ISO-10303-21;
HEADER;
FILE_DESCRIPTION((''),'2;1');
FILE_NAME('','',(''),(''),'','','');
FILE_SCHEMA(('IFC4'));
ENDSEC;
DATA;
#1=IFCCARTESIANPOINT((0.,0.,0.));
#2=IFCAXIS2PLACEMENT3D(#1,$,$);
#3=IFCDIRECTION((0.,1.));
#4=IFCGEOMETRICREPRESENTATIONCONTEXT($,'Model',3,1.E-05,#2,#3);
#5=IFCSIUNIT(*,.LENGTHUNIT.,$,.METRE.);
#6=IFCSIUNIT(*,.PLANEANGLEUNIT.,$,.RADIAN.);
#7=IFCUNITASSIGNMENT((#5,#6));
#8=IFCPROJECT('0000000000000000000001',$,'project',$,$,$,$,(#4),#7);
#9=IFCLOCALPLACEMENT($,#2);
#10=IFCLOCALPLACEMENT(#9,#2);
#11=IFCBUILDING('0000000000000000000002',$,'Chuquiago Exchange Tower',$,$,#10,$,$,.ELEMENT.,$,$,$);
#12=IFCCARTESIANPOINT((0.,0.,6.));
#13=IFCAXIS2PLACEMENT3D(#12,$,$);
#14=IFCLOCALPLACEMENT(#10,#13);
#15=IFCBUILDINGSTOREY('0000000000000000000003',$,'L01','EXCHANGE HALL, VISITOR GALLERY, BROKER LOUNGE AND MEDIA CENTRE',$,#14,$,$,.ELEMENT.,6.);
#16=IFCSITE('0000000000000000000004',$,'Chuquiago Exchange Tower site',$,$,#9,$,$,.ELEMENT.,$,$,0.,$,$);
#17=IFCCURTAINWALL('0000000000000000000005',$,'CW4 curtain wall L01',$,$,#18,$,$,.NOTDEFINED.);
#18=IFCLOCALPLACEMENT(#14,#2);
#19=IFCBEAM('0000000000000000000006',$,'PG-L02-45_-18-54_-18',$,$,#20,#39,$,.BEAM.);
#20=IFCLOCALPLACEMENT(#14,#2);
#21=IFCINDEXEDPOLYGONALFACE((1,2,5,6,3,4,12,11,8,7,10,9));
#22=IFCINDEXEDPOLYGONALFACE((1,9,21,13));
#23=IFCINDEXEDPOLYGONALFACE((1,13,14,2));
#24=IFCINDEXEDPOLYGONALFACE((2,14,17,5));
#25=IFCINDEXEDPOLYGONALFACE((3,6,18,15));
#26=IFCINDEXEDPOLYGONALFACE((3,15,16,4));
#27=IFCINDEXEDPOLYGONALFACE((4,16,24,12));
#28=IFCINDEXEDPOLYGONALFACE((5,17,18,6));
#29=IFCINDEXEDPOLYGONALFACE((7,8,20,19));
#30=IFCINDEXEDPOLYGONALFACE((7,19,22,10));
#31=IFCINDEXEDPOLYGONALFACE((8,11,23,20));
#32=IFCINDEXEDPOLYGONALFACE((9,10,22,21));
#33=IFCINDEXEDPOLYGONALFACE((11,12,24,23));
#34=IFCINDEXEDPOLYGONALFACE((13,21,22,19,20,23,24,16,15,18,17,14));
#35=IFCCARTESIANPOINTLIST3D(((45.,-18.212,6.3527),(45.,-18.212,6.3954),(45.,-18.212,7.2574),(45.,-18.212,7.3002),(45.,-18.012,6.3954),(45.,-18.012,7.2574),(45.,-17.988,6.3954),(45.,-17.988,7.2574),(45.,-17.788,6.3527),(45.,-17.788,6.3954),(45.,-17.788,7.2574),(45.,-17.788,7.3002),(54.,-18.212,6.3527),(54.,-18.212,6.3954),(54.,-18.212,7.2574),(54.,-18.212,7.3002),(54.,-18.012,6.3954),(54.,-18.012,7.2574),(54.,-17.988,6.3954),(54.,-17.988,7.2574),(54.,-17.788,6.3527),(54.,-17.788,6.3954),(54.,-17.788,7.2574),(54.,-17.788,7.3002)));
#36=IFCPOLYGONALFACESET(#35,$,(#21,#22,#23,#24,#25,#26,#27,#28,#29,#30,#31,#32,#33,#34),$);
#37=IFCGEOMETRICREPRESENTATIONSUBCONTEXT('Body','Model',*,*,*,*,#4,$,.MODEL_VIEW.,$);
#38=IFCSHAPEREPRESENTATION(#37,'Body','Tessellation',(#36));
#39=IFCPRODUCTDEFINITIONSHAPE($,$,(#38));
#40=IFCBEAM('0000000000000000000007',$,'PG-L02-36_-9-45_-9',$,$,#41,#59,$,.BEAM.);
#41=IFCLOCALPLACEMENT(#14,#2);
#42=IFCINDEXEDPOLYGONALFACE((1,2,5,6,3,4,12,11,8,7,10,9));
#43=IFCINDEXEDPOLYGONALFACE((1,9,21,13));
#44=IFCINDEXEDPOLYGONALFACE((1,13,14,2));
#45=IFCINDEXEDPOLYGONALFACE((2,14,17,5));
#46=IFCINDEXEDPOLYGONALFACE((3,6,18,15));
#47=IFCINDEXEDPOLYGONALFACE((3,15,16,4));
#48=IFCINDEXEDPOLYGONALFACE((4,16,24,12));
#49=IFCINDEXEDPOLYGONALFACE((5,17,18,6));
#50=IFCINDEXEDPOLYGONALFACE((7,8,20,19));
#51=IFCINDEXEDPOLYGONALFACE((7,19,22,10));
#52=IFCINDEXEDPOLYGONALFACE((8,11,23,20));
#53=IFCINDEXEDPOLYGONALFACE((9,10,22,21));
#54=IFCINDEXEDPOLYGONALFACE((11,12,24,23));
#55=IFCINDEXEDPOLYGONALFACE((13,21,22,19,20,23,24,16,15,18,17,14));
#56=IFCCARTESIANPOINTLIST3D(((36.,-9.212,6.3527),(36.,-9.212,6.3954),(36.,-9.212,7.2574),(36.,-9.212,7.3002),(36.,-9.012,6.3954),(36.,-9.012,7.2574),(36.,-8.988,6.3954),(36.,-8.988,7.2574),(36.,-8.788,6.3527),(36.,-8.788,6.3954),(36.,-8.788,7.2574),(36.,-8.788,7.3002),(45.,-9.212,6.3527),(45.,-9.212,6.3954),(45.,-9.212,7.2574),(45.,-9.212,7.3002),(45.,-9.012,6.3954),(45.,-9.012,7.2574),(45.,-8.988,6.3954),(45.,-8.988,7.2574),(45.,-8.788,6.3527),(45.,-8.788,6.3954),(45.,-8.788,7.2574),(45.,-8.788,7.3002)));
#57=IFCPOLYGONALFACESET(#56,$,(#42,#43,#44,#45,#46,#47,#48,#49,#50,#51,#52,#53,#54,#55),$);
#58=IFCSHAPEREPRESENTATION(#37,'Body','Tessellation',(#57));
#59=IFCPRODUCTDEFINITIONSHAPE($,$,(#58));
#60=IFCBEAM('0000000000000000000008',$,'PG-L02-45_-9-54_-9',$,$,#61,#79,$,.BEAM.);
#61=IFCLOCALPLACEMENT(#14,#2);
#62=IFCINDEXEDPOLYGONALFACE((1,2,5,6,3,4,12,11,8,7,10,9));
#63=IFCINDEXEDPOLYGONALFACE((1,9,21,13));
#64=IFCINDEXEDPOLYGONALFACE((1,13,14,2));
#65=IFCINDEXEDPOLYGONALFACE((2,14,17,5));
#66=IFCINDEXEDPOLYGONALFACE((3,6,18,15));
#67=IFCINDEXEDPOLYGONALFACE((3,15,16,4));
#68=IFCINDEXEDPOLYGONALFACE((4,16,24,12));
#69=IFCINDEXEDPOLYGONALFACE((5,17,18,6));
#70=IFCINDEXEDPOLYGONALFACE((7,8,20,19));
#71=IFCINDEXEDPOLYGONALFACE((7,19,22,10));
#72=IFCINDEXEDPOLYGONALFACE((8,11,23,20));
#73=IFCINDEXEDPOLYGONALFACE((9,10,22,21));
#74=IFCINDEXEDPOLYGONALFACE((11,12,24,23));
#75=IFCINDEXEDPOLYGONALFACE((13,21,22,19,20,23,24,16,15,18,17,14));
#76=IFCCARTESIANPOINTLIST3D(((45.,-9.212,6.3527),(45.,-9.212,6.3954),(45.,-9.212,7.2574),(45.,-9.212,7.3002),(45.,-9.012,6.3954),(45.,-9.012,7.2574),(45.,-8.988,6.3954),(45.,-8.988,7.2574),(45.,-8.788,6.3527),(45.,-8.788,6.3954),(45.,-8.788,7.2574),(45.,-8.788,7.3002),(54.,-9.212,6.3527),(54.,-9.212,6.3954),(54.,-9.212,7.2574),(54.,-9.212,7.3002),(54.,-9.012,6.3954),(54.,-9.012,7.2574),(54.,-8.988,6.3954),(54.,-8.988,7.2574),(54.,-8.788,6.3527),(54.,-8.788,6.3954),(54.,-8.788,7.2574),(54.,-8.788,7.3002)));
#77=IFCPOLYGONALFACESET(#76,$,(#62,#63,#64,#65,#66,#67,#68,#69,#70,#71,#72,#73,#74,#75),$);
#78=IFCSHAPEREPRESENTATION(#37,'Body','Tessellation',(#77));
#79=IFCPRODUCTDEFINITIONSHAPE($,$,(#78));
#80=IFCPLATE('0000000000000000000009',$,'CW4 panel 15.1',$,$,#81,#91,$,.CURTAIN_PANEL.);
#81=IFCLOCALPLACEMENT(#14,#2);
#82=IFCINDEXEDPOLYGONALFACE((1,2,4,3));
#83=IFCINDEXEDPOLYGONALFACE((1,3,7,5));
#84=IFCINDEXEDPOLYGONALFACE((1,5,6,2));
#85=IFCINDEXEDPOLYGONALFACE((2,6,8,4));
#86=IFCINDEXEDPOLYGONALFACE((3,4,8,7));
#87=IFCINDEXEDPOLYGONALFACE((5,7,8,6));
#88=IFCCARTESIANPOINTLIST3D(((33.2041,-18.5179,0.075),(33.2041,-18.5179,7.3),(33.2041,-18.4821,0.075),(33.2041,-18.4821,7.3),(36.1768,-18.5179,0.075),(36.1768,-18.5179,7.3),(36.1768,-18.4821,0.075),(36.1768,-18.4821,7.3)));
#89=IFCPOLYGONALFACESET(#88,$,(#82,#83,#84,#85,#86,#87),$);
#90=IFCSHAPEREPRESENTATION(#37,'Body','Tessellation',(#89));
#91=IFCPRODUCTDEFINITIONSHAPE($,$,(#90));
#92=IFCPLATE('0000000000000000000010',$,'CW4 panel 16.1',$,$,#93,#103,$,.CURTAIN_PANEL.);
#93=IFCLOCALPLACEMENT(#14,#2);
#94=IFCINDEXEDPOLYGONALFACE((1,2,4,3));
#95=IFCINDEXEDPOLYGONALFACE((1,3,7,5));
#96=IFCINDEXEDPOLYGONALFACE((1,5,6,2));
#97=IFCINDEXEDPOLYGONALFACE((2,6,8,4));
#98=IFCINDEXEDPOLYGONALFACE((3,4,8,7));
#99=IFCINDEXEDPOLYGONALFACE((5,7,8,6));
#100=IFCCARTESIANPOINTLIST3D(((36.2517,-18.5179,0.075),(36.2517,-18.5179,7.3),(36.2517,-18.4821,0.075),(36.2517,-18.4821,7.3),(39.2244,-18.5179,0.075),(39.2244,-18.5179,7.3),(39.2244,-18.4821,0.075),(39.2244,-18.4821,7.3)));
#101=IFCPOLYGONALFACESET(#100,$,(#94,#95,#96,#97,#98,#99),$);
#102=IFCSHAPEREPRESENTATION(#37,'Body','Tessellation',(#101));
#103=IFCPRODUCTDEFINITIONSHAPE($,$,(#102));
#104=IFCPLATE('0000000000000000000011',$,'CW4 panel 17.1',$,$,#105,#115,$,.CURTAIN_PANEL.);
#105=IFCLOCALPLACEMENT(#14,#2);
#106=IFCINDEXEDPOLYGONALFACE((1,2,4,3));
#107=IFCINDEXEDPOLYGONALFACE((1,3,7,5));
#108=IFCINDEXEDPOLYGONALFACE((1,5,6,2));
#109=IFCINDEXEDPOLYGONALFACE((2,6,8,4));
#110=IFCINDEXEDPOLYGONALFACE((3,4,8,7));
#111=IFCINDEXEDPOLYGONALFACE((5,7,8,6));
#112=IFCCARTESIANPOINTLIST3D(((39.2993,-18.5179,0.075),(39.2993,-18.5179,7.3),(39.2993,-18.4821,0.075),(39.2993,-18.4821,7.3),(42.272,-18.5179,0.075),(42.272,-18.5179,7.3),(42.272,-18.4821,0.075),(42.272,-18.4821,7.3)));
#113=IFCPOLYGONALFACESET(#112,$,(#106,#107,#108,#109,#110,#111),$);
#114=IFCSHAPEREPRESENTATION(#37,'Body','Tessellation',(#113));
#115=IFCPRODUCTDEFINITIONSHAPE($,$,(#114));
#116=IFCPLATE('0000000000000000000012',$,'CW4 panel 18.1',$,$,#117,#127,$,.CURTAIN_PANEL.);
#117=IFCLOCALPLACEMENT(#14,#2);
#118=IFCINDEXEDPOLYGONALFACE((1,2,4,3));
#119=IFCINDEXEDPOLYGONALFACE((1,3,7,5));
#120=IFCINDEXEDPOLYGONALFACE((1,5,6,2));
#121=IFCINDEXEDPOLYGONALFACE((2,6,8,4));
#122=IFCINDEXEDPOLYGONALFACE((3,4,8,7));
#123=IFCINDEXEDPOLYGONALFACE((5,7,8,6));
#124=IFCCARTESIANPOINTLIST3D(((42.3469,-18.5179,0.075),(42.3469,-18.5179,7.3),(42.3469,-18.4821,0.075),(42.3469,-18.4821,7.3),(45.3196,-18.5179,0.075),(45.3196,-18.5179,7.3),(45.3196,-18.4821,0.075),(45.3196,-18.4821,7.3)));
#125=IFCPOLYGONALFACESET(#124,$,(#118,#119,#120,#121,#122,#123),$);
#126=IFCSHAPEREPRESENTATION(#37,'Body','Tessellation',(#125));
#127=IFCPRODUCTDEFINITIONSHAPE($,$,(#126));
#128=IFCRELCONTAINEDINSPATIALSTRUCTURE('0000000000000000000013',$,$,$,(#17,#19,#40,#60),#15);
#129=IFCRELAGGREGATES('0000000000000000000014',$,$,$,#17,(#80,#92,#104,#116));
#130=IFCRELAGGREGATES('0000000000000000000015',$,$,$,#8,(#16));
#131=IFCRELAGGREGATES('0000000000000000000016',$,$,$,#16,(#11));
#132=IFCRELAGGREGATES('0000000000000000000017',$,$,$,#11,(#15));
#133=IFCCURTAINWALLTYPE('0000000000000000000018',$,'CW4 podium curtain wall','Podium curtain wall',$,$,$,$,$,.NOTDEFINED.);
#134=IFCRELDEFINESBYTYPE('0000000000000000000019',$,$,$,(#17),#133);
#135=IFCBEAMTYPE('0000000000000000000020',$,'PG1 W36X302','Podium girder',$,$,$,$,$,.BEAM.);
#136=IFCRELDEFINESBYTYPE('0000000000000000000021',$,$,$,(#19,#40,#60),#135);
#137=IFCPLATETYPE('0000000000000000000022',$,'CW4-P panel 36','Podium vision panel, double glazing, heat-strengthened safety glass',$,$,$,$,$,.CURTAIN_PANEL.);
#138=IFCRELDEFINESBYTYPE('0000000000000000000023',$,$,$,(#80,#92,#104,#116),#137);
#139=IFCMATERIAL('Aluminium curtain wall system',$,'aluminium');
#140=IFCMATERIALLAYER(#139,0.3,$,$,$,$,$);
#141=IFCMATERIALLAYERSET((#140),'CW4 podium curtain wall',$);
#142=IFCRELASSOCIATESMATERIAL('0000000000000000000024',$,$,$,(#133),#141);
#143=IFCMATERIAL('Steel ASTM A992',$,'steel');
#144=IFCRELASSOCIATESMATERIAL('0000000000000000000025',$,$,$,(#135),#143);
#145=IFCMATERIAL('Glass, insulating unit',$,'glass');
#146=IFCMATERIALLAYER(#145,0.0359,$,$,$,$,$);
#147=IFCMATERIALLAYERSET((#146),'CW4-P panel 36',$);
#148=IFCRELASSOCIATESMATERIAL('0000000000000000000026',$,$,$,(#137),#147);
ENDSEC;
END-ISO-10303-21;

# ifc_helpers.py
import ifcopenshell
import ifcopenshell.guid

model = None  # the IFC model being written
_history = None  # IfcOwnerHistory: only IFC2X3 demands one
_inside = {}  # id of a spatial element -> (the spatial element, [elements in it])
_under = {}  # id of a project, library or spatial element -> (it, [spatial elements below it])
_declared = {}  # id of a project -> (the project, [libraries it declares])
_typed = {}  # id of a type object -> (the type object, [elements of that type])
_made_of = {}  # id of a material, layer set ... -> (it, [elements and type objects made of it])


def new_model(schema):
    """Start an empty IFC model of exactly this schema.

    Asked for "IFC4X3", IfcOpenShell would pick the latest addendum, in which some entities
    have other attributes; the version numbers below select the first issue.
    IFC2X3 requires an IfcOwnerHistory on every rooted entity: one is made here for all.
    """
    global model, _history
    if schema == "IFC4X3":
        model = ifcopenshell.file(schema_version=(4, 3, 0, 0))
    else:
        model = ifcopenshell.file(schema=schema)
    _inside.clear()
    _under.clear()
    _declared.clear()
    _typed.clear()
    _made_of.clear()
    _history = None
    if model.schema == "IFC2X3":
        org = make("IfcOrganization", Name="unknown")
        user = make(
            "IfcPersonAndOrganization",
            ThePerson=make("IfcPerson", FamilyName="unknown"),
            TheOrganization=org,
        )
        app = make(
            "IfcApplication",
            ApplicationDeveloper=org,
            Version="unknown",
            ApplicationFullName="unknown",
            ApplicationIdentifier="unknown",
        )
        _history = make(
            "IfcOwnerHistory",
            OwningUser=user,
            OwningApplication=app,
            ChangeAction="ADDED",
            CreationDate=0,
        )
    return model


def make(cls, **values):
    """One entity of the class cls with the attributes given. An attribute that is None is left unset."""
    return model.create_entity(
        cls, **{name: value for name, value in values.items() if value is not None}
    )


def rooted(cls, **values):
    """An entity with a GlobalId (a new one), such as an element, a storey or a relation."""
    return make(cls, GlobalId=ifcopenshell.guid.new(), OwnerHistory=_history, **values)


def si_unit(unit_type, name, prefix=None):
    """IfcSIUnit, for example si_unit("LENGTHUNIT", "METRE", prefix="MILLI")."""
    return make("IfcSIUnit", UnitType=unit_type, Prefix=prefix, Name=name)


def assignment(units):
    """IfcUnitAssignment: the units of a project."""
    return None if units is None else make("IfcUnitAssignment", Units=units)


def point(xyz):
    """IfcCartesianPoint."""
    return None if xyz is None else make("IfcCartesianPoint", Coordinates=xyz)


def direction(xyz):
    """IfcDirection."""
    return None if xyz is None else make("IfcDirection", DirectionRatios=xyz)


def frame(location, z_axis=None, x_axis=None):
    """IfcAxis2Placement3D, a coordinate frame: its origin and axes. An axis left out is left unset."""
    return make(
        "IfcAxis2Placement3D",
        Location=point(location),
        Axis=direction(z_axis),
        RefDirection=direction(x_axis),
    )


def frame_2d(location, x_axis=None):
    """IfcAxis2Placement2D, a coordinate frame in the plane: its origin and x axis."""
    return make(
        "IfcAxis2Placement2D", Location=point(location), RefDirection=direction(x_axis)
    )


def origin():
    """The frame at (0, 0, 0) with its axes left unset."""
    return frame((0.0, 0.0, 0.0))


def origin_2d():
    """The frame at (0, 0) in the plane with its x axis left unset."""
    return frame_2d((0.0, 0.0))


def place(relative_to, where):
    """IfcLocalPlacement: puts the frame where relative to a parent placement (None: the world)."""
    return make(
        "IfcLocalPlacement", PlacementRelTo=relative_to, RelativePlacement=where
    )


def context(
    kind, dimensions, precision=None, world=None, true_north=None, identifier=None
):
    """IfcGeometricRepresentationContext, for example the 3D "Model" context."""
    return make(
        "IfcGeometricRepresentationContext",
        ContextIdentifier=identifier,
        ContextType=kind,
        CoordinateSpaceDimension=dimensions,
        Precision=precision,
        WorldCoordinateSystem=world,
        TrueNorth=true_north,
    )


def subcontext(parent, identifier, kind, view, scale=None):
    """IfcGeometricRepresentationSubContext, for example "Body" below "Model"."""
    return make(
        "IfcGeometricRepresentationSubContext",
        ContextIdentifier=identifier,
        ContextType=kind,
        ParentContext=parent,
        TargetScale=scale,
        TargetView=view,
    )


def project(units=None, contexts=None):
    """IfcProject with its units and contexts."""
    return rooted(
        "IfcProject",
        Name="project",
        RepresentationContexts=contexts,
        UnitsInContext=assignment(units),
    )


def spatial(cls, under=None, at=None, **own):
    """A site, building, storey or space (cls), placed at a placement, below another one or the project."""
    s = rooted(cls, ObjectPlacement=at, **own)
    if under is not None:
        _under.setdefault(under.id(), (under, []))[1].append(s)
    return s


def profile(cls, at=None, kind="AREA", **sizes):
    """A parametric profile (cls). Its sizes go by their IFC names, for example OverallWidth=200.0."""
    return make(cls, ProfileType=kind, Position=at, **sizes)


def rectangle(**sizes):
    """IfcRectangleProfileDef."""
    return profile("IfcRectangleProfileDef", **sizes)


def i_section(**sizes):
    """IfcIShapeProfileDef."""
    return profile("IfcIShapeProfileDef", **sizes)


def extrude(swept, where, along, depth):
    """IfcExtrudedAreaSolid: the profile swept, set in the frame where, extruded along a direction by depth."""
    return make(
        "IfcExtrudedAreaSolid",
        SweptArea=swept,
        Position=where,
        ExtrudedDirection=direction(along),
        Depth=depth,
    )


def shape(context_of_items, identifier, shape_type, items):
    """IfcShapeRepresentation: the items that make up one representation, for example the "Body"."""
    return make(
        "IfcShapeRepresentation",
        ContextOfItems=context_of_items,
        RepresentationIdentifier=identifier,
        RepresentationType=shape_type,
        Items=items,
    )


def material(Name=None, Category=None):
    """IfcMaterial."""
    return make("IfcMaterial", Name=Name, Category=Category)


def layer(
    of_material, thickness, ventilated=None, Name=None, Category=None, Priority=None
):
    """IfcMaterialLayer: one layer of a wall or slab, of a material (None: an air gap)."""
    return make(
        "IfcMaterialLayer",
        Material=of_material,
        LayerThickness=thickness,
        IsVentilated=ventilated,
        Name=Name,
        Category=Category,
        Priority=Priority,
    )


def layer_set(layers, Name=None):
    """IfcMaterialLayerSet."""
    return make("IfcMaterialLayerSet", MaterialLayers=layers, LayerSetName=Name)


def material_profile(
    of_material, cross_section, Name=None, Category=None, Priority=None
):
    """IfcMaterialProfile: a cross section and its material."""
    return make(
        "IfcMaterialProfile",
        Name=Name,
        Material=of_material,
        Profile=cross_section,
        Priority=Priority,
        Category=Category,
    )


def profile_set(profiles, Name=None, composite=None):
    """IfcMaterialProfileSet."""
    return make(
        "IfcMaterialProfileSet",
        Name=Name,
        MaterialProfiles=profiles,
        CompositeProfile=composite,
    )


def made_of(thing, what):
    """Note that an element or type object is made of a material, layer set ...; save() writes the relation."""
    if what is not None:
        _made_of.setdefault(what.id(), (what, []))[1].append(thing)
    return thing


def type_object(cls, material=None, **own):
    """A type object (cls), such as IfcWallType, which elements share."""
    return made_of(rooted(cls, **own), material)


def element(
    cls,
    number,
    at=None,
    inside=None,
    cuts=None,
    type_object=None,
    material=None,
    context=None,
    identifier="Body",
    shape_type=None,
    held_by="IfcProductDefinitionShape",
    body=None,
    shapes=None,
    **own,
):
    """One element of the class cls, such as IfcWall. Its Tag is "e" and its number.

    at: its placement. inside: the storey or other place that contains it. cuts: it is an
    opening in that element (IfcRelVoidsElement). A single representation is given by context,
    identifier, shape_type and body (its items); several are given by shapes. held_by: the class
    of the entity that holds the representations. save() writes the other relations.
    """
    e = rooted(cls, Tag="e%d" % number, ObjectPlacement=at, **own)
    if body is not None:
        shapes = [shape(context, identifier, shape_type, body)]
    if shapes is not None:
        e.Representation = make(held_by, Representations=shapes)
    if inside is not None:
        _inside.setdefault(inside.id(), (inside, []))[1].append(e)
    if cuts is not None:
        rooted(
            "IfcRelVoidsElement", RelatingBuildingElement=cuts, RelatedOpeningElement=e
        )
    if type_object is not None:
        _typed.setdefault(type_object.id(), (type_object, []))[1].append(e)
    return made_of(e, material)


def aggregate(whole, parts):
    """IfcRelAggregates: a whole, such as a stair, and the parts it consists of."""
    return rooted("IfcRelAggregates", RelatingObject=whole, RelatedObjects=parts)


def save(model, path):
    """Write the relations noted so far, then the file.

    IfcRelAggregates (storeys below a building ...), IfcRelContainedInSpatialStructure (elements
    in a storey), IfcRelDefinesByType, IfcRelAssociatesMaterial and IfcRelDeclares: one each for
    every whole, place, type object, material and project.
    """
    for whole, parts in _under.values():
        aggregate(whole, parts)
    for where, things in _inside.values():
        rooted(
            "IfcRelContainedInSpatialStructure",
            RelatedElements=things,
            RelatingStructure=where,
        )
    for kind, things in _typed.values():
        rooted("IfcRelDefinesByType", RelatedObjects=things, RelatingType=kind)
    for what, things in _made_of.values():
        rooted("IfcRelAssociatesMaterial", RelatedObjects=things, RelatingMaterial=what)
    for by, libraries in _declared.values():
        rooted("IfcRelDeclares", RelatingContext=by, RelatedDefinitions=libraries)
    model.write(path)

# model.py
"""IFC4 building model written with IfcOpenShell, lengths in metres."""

from ifc_helpers import new_model, si_unit, direction, frame, origin, origin_2d, place, context, subcontext, project, spatial, rectangle, i_section, extrude, material, layer, layer_set, material_profile, profile_set, type_object, element, aggregate, save


model = new_model("IFC4")

# Units and contexts
model_context = context("Model", 3, precision=1e-05, world=origin(), true_north=direction((0.0, 1.0)))
body_context = subcontext(model_context, "Body", "Model", "MODEL_VIEW")
ifc_project = project(units=[si_unit("LENGTHUNIT", "METRE"), si_unit("PLANEANGLEUNIT", "RADIAN")], contexts=[model_context])

# Site, building, storey
site_placement = place(None, origin())
site = spatial("IfcSite", under=ifc_project, at=site_placement, Name="Chuquiago Exchange Tower site", CompositionType="ELEMENT", RefElevation=0.0)
building_placement = place(site_placement, origin())
building = spatial("IfcBuilding", under=site, at=building_placement, Name="Chuquiago Exchange Tower", CompositionType="ELEMENT")
storey_placement = place(building_placement, frame((0.0, 0.0, 6.0)))
storey = spatial("IfcBuildingStorey", under=building, at=storey_placement, Name="L01", Description="EXCHANGE HALL, VISITOR GALLERY, BROKER LOUNGE AND MEDIA CENTRE", CompositionType="ELEMENT", Elevation=6.0)

# Curtain wall
ifc_material_1 = material(Name="Aluminium curtain wall system", Category="aluminium")
ifc_layer_1 = layer(ifc_material_1, 0.3)
ifc_layer_set_1 = layer_set([ifc_layer_1], Name="CW4 podium curtain wall")
curtain_wall_type = type_object("IfcCurtainWallType", Name="CW4 podium curtain wall", Description="Podium curtain wall", PredefinedType="NOTDEFINED", material=ifc_layer_set_1)
curtain_wall_placement = place(storey_placement, origin())
curtain_wall = element("IfcCurtainWall", 1, at=curtain_wall_placement, inside=storey, type_object=curtain_wall_type, Name="CW4 curtain wall L01", PredefinedType="NOTDEFINED")

# Beams
ifc_material_2 = material(Name="Steel ASTM A992", Category="steel")
ifc_material_profile_1 = material_profile(ifc_material_2, i_section(OverallWidth=0.4241, OverallDepth=0.9475, WebThickness=0.0239, FlangeThickness=0.0427, at=origin_2d()), Name="W36X302")
ifc_profile_set_1 = profile_set([ifc_material_profile_1], Name="Steel ASTM A992")
beam_type_1 = type_object("IfcBeamType", Name="PG1 W36X302", Description="Podium girder", PredefinedType="BEAM", material=ifc_profile_set_1)
for number, where, z_axis, x_axis, name in (
    (2, (45.0, -18.0, 6.8264), (1.0, 0.0, 0.0), (0.0, 1.0, 0.0), "PG-L02-45_-18-54_-18"),
    (3, (36.0, -9.0, 6.8264), (1.0, 0.0, 0.0), (0.0, 1.0, 0.0), "PG-L02-36_-9-45_-9"),
    (4, (45.0, -9.0, 6.8264), (1.0, 0.0, 0.0), (0.0, 1.0, 0.0), "PG-L02-45_-9-54_-9"),
):
    element("IfcBeam", number, at=place(storey_placement, frame(where, z_axis=z_axis, x_axis=x_axis)), inside=storey, type_object=beam_type_1, Name=name, PredefinedType="BEAM", context=body_context, shape_type="SweptSolid", body=[
        extrude(i_section(OverallWidth=0.4241, OverallDepth=0.9475, WebThickness=0.0239, FlangeThickness=0.0427, at=origin_2d()), origin(), (0.0, 0.0, 1.0), 9.0),
    ])

# Plates
ifc_material_3 = material(Name="Glass, insulating unit", Category="glass")
ifc_layer_2 = layer(ifc_material_3, 0.0359)
ifc_layer_set_2 = layer_set([ifc_layer_2], Name="CW4-P panel 36")
plate_type = type_object("IfcPlateType", Name="CW4-P panel 36", Description="Podium vision panel, double glazing, heat-strengthened safety glass", PredefinedType="CURTAIN_PANEL", material=ifc_layer_set_2)
plate_1_placement = place(storey_placement, frame((34.6904, -18.5, 0.075), z_axis=(0.0, 0.0, 1.0), x_axis=(1.0, 0.0, 0.0)))
plate_1 = element("IfcPlate", 5, at=plate_1_placement, type_object=plate_type, Name="CW4 panel 15.1", PredefinedType="CURTAIN_PANEL", context=body_context, shape_type="SweptSolid", body=[
    extrude(rectangle(XDim=2.9727, YDim=0.0359, at=origin_2d()), origin(), (0.0, 0.0, 1.0), 7.2251),
])
plate_2_placement = place(storey_placement, frame((37.738, -18.5, 0.075), z_axis=(0.0, 0.0, 1.0), x_axis=(1.0, 0.0, 0.0)))
plate_2 = element("IfcPlate", 6, at=plate_2_placement, type_object=plate_type, Name="CW4 panel 16.1", PredefinedType="CURTAIN_PANEL", context=body_context, shape_type="SweptSolid", body=[
    extrude(rectangle(XDim=2.9727, YDim=0.0359, at=origin_2d()), origin(), (0.0, 0.0, 1.0), 7.2251),
])
plate_3_placement = place(storey_placement, frame((40.7856, -18.5, 0.075), z_axis=(0.0, 0.0, 1.0), x_axis=(1.0, 0.0, 0.0)))
plate_3 = element("IfcPlate", 7, at=plate_3_placement, type_object=plate_type, Name="CW4 panel 17.1", PredefinedType="CURTAIN_PANEL", context=body_context, shape_type="SweptSolid", body=[
    extrude(rectangle(XDim=2.9727, YDim=0.0359, at=origin_2d()), origin(), (0.0, 0.0, 1.0), 7.2251),
])
plate_4_placement = place(storey_placement, frame((43.8333, -18.5, 0.075), z_axis=(0.0, 0.0, 1.0), x_axis=(1.0, 0.0, 0.0)))
plate_4 = element("IfcPlate", 8, at=plate_4_placement, type_object=plate_type, Name="CW4 panel 18.1", PredefinedType="CURTAIN_PANEL", context=body_context, shape_type="SweptSolid", body=[
    extrude(rectangle(XDim=2.9727, YDim=0.0359, at=origin_2d()), origin(), (0.0, 0.0, 1.0), 7.2251),
])
aggregate(curtain_wall, [plate_1, plate_2, plate_3, plate_4])

save(model, "model.ifc")
